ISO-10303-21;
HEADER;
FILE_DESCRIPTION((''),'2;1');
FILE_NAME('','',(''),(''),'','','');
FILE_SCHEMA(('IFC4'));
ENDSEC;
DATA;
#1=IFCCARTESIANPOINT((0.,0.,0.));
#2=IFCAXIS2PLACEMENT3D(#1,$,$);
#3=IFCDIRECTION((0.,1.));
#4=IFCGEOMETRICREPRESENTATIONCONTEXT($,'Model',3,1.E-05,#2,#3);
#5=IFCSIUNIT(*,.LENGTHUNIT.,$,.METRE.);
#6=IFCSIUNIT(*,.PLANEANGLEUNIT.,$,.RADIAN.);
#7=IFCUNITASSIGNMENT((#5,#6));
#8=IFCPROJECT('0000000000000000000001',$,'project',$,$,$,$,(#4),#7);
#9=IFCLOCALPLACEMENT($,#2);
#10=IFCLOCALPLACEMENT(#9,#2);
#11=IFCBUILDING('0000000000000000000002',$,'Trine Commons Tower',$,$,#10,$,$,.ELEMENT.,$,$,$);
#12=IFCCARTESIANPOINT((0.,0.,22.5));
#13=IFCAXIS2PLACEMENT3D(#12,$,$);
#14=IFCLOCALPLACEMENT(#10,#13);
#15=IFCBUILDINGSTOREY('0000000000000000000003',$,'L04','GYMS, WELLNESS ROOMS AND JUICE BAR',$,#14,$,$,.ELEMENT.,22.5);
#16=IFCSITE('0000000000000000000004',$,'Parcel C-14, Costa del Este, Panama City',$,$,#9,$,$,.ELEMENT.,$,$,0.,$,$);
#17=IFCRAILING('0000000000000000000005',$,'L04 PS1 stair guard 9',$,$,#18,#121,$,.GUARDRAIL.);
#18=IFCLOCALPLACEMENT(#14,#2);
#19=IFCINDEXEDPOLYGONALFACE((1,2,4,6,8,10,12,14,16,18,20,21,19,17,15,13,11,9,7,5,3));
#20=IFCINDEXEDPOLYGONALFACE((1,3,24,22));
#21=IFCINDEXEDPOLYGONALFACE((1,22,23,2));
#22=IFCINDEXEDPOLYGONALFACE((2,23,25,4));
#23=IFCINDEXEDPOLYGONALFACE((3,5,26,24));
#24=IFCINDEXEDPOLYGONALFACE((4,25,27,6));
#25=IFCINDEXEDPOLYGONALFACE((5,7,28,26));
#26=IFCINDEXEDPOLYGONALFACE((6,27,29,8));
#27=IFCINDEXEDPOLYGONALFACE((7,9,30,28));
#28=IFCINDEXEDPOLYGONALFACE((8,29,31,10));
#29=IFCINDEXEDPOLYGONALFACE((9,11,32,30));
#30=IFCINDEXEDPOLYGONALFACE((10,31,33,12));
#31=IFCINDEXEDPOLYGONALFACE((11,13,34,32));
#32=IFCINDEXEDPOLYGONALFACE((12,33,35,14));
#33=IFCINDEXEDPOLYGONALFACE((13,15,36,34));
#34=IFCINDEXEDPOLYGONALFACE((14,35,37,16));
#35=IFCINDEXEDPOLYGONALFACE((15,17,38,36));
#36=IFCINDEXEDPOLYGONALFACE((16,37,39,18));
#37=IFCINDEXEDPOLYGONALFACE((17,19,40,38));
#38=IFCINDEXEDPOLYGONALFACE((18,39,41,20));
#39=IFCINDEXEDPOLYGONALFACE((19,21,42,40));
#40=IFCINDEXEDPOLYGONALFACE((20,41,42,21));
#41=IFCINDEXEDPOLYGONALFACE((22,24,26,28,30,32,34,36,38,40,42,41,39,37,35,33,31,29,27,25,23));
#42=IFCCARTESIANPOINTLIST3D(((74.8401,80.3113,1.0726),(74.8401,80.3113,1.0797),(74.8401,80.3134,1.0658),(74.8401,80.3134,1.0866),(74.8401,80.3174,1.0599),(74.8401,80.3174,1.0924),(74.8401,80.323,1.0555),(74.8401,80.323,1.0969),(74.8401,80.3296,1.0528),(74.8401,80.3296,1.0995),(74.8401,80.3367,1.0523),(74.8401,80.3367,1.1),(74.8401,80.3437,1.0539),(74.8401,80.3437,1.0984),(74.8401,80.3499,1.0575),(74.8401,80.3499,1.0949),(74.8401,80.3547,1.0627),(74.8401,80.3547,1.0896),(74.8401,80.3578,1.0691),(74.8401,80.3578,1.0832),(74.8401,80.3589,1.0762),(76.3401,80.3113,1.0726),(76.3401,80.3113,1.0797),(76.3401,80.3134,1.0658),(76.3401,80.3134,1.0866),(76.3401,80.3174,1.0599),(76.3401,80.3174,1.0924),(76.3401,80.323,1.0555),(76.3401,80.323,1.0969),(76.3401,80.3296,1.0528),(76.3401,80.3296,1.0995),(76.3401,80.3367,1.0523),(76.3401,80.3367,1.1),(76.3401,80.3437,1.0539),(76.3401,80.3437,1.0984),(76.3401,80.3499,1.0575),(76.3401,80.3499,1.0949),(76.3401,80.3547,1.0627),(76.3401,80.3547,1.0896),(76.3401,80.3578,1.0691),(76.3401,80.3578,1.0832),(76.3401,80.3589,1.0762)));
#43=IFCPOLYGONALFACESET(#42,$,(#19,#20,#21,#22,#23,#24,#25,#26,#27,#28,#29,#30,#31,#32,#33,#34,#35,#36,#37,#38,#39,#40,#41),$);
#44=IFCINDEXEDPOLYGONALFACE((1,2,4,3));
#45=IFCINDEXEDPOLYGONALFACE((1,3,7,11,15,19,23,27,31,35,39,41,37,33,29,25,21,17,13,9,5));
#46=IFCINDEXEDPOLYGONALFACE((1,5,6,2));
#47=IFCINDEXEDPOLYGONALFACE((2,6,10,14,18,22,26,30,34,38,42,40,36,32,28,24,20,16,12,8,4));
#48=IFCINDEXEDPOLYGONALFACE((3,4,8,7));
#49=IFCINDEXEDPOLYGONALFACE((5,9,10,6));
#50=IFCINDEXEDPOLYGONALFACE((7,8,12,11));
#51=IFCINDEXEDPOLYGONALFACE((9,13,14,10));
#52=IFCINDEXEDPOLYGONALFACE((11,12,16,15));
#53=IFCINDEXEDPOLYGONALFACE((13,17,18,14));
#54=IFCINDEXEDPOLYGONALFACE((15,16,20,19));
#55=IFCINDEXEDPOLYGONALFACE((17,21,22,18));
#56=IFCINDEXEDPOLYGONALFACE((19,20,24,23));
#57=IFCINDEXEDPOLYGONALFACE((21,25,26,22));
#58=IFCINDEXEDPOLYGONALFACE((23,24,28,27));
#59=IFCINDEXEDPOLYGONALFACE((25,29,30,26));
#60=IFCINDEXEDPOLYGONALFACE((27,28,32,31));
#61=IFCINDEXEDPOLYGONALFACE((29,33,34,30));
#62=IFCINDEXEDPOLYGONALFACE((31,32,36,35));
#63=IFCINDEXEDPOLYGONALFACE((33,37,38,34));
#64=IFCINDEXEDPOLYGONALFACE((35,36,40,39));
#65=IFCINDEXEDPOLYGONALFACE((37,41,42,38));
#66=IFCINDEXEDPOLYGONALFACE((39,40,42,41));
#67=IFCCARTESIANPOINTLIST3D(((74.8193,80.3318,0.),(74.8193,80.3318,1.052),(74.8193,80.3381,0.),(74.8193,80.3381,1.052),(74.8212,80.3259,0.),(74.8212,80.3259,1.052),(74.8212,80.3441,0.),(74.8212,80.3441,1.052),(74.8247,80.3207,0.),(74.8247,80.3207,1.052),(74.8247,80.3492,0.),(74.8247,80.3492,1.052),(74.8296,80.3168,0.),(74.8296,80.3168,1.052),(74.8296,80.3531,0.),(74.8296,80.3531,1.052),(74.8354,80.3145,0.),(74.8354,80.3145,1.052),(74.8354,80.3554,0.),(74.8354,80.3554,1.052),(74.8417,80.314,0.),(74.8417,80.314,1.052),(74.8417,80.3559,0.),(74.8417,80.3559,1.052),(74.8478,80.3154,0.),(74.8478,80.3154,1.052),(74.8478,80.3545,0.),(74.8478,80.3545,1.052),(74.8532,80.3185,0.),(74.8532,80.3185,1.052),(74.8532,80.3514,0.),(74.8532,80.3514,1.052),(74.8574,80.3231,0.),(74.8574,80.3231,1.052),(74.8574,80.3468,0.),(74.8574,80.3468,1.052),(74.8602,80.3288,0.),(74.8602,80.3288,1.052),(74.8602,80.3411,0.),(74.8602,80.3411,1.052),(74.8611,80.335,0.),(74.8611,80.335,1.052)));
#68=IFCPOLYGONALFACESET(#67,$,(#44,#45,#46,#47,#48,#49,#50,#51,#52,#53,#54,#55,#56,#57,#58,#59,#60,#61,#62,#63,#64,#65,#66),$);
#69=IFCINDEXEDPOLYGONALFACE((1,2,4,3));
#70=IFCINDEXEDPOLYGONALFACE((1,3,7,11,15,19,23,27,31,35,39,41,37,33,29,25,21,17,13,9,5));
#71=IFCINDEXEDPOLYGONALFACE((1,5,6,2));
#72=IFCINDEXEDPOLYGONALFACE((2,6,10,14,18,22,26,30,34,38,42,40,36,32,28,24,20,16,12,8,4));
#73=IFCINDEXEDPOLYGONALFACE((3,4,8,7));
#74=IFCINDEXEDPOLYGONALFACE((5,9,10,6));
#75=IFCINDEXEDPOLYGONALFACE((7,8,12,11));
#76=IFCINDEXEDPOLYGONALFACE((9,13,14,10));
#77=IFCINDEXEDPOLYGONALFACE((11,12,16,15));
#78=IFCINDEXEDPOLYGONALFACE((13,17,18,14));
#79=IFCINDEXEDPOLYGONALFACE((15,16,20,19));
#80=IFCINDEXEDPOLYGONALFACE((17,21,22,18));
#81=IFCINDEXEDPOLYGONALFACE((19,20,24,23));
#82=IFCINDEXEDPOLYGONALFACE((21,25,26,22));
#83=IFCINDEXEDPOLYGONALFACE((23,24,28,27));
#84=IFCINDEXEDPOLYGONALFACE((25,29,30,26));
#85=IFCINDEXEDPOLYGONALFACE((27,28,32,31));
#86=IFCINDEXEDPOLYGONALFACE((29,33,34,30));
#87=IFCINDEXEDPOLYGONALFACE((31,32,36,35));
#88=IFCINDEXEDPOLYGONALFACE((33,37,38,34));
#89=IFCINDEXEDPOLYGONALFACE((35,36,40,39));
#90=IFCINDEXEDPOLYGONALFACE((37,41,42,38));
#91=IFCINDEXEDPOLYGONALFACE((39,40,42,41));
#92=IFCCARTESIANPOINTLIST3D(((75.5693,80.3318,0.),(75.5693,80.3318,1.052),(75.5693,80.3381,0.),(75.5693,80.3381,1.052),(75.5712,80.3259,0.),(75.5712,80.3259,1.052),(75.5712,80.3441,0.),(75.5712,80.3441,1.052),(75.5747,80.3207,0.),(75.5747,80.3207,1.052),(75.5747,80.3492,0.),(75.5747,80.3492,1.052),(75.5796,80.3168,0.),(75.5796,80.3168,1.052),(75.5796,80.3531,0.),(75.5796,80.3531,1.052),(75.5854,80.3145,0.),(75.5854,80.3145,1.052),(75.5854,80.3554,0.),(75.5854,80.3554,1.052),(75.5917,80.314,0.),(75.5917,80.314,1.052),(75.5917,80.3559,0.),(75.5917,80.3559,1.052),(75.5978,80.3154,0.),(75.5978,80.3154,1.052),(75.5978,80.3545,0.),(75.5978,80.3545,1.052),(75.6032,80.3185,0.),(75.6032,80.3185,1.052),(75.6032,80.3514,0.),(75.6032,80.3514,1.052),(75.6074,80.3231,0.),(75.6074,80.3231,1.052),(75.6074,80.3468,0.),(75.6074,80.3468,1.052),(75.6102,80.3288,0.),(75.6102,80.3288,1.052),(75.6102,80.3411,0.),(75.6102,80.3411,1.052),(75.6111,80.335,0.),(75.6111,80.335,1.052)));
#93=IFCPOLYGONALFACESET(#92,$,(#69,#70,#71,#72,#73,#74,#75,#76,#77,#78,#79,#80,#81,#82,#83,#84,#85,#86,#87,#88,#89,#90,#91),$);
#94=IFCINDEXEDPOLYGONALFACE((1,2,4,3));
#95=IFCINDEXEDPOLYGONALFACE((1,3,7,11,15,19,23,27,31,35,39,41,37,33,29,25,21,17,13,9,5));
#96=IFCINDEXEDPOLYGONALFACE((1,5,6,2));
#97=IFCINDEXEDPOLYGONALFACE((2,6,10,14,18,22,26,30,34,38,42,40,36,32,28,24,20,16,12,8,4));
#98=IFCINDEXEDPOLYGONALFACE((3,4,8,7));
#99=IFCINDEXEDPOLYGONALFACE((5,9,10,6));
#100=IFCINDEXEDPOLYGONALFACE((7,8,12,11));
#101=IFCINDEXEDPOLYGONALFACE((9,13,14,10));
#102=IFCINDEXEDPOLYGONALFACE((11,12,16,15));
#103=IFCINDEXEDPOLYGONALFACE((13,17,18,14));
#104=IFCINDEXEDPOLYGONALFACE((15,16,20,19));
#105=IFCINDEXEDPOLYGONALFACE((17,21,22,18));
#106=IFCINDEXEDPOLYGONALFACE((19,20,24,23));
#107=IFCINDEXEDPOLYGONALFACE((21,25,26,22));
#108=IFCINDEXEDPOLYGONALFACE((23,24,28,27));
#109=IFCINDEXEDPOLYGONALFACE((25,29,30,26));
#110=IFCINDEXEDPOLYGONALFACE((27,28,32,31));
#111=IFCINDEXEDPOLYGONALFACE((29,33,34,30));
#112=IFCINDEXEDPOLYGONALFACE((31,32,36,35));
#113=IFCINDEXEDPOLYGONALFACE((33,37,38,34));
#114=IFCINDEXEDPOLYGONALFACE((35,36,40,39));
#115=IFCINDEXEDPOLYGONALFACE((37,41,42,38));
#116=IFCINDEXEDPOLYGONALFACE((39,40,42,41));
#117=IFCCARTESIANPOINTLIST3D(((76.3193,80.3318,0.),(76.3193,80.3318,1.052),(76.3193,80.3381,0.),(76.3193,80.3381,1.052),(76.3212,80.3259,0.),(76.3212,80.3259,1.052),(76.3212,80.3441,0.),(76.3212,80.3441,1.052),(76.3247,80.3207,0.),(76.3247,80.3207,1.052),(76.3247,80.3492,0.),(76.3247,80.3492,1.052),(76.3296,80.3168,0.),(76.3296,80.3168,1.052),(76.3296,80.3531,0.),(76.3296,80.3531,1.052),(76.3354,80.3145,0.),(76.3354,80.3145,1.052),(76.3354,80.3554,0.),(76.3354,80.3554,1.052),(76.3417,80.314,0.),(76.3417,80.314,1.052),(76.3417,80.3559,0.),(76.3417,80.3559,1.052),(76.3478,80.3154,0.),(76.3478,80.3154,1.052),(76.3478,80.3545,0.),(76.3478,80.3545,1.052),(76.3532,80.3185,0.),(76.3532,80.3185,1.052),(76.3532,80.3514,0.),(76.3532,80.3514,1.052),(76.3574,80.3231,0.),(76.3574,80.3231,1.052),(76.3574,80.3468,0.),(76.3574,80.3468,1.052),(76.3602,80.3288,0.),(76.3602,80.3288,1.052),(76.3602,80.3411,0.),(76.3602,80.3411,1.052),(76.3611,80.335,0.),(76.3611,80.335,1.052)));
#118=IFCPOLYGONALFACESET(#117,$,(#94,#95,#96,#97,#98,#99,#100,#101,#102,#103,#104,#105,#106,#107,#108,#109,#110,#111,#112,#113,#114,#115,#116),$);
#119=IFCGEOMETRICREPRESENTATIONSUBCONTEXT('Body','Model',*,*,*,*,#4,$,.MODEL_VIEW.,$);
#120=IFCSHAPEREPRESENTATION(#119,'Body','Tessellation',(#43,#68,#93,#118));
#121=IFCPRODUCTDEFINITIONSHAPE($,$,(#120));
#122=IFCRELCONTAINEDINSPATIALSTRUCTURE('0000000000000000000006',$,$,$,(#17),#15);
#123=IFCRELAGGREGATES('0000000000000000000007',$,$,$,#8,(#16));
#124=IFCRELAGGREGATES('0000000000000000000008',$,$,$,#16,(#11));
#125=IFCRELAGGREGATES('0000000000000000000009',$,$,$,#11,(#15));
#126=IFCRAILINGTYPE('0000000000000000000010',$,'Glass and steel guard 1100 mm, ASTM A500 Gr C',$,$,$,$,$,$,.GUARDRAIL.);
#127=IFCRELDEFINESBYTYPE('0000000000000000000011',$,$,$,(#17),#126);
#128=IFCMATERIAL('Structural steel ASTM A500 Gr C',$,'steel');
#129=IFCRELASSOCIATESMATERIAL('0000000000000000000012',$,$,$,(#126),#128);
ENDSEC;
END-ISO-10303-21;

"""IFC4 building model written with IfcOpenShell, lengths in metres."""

from ifc_helpers import new_model, si_unit, direction, frame, origin, origin_2d, place, context, subcontext, project, spatial, circle, extrude, material, type_object, element, save


model = new_model("IFC4")

# Units and contexts
model_context = context("Model", 3, precision=1e-05, world=origin(), true_north=direction((0.0, 1.0)))
body_context = subcontext(model_context, "Body", "Model", "MODEL_VIEW")
ifc_project = project(units=[si_unit("LENGTHUNIT", "METRE"), si_unit("PLANEANGLEUNIT", "RADIAN")], contexts=[model_context])

# Site, building, storey
site_placement = place(None, origin())
site = spatial("IfcSite", under=ifc_project, at=site_placement, Name="Parcel C-14, Costa del Este, Panama City", CompositionType="ELEMENT", RefElevation=0.0)
building_placement = place(site_placement, origin())
building = spatial("IfcBuilding", under=site, at=building_placement, Name="Trine Commons Tower", CompositionType="ELEMENT")
storey_placement = place(building_placement, frame((0.0, 0.0, 22.5)))
storey = spatial("IfcBuildingStorey", under=building, at=storey_placement, Name="L04", Description="GYMS, WELLNESS ROOMS AND JUICE BAR", CompositionType="ELEMENT", Elevation=22.5)

# Railing
ifc_material_1 = material(Name="Structural steel ASTM A500 Gr C", Category="steel")
railing_type_1 = type_object("IfcRailingType", Name="Glass and steel guard 1100 mm, ASTM A500 Gr C", PredefinedType="GUARDRAIL", material=ifc_material_1)
for number, where, name in (
    (1, (74.8401, 80.335, 0.0), "L04 PS1 stair guard 9"),
):
    element("IfcRailing", number, at=place(storey_placement, frame(where)), inside=storey, type_object=railing_type_1, Name=name, PredefinedType="GUARDRAIL", context=body_context, shape_type="SweptSolid", body=[
        extrude(circle(Radius=0.0239, at=origin_2d()), frame((0.0, 0.0, 1.0762), z_axis=(1.0, 0.0, 0.0), x_axis=(0.0, 1.0, 0.0)), (0.0, 0.0, 1.0), 1.5),
        extrude(circle(Radius=0.021, at=origin_2d()), origin(), (0.0, 0.0, 1.0), 1.052),
        extrude(circle(Radius=0.021, at=origin_2d()), frame((0.75, 0.0, 0.0)), (0.0, 0.0, 1.0), 1.052),
        extrude(circle(Radius=0.021, at=origin_2d()), frame((1.5, 0.0, 0.0)), (0.0, 0.0, 1.0), 1.052),
    ])

save(model, "model.ifc")
